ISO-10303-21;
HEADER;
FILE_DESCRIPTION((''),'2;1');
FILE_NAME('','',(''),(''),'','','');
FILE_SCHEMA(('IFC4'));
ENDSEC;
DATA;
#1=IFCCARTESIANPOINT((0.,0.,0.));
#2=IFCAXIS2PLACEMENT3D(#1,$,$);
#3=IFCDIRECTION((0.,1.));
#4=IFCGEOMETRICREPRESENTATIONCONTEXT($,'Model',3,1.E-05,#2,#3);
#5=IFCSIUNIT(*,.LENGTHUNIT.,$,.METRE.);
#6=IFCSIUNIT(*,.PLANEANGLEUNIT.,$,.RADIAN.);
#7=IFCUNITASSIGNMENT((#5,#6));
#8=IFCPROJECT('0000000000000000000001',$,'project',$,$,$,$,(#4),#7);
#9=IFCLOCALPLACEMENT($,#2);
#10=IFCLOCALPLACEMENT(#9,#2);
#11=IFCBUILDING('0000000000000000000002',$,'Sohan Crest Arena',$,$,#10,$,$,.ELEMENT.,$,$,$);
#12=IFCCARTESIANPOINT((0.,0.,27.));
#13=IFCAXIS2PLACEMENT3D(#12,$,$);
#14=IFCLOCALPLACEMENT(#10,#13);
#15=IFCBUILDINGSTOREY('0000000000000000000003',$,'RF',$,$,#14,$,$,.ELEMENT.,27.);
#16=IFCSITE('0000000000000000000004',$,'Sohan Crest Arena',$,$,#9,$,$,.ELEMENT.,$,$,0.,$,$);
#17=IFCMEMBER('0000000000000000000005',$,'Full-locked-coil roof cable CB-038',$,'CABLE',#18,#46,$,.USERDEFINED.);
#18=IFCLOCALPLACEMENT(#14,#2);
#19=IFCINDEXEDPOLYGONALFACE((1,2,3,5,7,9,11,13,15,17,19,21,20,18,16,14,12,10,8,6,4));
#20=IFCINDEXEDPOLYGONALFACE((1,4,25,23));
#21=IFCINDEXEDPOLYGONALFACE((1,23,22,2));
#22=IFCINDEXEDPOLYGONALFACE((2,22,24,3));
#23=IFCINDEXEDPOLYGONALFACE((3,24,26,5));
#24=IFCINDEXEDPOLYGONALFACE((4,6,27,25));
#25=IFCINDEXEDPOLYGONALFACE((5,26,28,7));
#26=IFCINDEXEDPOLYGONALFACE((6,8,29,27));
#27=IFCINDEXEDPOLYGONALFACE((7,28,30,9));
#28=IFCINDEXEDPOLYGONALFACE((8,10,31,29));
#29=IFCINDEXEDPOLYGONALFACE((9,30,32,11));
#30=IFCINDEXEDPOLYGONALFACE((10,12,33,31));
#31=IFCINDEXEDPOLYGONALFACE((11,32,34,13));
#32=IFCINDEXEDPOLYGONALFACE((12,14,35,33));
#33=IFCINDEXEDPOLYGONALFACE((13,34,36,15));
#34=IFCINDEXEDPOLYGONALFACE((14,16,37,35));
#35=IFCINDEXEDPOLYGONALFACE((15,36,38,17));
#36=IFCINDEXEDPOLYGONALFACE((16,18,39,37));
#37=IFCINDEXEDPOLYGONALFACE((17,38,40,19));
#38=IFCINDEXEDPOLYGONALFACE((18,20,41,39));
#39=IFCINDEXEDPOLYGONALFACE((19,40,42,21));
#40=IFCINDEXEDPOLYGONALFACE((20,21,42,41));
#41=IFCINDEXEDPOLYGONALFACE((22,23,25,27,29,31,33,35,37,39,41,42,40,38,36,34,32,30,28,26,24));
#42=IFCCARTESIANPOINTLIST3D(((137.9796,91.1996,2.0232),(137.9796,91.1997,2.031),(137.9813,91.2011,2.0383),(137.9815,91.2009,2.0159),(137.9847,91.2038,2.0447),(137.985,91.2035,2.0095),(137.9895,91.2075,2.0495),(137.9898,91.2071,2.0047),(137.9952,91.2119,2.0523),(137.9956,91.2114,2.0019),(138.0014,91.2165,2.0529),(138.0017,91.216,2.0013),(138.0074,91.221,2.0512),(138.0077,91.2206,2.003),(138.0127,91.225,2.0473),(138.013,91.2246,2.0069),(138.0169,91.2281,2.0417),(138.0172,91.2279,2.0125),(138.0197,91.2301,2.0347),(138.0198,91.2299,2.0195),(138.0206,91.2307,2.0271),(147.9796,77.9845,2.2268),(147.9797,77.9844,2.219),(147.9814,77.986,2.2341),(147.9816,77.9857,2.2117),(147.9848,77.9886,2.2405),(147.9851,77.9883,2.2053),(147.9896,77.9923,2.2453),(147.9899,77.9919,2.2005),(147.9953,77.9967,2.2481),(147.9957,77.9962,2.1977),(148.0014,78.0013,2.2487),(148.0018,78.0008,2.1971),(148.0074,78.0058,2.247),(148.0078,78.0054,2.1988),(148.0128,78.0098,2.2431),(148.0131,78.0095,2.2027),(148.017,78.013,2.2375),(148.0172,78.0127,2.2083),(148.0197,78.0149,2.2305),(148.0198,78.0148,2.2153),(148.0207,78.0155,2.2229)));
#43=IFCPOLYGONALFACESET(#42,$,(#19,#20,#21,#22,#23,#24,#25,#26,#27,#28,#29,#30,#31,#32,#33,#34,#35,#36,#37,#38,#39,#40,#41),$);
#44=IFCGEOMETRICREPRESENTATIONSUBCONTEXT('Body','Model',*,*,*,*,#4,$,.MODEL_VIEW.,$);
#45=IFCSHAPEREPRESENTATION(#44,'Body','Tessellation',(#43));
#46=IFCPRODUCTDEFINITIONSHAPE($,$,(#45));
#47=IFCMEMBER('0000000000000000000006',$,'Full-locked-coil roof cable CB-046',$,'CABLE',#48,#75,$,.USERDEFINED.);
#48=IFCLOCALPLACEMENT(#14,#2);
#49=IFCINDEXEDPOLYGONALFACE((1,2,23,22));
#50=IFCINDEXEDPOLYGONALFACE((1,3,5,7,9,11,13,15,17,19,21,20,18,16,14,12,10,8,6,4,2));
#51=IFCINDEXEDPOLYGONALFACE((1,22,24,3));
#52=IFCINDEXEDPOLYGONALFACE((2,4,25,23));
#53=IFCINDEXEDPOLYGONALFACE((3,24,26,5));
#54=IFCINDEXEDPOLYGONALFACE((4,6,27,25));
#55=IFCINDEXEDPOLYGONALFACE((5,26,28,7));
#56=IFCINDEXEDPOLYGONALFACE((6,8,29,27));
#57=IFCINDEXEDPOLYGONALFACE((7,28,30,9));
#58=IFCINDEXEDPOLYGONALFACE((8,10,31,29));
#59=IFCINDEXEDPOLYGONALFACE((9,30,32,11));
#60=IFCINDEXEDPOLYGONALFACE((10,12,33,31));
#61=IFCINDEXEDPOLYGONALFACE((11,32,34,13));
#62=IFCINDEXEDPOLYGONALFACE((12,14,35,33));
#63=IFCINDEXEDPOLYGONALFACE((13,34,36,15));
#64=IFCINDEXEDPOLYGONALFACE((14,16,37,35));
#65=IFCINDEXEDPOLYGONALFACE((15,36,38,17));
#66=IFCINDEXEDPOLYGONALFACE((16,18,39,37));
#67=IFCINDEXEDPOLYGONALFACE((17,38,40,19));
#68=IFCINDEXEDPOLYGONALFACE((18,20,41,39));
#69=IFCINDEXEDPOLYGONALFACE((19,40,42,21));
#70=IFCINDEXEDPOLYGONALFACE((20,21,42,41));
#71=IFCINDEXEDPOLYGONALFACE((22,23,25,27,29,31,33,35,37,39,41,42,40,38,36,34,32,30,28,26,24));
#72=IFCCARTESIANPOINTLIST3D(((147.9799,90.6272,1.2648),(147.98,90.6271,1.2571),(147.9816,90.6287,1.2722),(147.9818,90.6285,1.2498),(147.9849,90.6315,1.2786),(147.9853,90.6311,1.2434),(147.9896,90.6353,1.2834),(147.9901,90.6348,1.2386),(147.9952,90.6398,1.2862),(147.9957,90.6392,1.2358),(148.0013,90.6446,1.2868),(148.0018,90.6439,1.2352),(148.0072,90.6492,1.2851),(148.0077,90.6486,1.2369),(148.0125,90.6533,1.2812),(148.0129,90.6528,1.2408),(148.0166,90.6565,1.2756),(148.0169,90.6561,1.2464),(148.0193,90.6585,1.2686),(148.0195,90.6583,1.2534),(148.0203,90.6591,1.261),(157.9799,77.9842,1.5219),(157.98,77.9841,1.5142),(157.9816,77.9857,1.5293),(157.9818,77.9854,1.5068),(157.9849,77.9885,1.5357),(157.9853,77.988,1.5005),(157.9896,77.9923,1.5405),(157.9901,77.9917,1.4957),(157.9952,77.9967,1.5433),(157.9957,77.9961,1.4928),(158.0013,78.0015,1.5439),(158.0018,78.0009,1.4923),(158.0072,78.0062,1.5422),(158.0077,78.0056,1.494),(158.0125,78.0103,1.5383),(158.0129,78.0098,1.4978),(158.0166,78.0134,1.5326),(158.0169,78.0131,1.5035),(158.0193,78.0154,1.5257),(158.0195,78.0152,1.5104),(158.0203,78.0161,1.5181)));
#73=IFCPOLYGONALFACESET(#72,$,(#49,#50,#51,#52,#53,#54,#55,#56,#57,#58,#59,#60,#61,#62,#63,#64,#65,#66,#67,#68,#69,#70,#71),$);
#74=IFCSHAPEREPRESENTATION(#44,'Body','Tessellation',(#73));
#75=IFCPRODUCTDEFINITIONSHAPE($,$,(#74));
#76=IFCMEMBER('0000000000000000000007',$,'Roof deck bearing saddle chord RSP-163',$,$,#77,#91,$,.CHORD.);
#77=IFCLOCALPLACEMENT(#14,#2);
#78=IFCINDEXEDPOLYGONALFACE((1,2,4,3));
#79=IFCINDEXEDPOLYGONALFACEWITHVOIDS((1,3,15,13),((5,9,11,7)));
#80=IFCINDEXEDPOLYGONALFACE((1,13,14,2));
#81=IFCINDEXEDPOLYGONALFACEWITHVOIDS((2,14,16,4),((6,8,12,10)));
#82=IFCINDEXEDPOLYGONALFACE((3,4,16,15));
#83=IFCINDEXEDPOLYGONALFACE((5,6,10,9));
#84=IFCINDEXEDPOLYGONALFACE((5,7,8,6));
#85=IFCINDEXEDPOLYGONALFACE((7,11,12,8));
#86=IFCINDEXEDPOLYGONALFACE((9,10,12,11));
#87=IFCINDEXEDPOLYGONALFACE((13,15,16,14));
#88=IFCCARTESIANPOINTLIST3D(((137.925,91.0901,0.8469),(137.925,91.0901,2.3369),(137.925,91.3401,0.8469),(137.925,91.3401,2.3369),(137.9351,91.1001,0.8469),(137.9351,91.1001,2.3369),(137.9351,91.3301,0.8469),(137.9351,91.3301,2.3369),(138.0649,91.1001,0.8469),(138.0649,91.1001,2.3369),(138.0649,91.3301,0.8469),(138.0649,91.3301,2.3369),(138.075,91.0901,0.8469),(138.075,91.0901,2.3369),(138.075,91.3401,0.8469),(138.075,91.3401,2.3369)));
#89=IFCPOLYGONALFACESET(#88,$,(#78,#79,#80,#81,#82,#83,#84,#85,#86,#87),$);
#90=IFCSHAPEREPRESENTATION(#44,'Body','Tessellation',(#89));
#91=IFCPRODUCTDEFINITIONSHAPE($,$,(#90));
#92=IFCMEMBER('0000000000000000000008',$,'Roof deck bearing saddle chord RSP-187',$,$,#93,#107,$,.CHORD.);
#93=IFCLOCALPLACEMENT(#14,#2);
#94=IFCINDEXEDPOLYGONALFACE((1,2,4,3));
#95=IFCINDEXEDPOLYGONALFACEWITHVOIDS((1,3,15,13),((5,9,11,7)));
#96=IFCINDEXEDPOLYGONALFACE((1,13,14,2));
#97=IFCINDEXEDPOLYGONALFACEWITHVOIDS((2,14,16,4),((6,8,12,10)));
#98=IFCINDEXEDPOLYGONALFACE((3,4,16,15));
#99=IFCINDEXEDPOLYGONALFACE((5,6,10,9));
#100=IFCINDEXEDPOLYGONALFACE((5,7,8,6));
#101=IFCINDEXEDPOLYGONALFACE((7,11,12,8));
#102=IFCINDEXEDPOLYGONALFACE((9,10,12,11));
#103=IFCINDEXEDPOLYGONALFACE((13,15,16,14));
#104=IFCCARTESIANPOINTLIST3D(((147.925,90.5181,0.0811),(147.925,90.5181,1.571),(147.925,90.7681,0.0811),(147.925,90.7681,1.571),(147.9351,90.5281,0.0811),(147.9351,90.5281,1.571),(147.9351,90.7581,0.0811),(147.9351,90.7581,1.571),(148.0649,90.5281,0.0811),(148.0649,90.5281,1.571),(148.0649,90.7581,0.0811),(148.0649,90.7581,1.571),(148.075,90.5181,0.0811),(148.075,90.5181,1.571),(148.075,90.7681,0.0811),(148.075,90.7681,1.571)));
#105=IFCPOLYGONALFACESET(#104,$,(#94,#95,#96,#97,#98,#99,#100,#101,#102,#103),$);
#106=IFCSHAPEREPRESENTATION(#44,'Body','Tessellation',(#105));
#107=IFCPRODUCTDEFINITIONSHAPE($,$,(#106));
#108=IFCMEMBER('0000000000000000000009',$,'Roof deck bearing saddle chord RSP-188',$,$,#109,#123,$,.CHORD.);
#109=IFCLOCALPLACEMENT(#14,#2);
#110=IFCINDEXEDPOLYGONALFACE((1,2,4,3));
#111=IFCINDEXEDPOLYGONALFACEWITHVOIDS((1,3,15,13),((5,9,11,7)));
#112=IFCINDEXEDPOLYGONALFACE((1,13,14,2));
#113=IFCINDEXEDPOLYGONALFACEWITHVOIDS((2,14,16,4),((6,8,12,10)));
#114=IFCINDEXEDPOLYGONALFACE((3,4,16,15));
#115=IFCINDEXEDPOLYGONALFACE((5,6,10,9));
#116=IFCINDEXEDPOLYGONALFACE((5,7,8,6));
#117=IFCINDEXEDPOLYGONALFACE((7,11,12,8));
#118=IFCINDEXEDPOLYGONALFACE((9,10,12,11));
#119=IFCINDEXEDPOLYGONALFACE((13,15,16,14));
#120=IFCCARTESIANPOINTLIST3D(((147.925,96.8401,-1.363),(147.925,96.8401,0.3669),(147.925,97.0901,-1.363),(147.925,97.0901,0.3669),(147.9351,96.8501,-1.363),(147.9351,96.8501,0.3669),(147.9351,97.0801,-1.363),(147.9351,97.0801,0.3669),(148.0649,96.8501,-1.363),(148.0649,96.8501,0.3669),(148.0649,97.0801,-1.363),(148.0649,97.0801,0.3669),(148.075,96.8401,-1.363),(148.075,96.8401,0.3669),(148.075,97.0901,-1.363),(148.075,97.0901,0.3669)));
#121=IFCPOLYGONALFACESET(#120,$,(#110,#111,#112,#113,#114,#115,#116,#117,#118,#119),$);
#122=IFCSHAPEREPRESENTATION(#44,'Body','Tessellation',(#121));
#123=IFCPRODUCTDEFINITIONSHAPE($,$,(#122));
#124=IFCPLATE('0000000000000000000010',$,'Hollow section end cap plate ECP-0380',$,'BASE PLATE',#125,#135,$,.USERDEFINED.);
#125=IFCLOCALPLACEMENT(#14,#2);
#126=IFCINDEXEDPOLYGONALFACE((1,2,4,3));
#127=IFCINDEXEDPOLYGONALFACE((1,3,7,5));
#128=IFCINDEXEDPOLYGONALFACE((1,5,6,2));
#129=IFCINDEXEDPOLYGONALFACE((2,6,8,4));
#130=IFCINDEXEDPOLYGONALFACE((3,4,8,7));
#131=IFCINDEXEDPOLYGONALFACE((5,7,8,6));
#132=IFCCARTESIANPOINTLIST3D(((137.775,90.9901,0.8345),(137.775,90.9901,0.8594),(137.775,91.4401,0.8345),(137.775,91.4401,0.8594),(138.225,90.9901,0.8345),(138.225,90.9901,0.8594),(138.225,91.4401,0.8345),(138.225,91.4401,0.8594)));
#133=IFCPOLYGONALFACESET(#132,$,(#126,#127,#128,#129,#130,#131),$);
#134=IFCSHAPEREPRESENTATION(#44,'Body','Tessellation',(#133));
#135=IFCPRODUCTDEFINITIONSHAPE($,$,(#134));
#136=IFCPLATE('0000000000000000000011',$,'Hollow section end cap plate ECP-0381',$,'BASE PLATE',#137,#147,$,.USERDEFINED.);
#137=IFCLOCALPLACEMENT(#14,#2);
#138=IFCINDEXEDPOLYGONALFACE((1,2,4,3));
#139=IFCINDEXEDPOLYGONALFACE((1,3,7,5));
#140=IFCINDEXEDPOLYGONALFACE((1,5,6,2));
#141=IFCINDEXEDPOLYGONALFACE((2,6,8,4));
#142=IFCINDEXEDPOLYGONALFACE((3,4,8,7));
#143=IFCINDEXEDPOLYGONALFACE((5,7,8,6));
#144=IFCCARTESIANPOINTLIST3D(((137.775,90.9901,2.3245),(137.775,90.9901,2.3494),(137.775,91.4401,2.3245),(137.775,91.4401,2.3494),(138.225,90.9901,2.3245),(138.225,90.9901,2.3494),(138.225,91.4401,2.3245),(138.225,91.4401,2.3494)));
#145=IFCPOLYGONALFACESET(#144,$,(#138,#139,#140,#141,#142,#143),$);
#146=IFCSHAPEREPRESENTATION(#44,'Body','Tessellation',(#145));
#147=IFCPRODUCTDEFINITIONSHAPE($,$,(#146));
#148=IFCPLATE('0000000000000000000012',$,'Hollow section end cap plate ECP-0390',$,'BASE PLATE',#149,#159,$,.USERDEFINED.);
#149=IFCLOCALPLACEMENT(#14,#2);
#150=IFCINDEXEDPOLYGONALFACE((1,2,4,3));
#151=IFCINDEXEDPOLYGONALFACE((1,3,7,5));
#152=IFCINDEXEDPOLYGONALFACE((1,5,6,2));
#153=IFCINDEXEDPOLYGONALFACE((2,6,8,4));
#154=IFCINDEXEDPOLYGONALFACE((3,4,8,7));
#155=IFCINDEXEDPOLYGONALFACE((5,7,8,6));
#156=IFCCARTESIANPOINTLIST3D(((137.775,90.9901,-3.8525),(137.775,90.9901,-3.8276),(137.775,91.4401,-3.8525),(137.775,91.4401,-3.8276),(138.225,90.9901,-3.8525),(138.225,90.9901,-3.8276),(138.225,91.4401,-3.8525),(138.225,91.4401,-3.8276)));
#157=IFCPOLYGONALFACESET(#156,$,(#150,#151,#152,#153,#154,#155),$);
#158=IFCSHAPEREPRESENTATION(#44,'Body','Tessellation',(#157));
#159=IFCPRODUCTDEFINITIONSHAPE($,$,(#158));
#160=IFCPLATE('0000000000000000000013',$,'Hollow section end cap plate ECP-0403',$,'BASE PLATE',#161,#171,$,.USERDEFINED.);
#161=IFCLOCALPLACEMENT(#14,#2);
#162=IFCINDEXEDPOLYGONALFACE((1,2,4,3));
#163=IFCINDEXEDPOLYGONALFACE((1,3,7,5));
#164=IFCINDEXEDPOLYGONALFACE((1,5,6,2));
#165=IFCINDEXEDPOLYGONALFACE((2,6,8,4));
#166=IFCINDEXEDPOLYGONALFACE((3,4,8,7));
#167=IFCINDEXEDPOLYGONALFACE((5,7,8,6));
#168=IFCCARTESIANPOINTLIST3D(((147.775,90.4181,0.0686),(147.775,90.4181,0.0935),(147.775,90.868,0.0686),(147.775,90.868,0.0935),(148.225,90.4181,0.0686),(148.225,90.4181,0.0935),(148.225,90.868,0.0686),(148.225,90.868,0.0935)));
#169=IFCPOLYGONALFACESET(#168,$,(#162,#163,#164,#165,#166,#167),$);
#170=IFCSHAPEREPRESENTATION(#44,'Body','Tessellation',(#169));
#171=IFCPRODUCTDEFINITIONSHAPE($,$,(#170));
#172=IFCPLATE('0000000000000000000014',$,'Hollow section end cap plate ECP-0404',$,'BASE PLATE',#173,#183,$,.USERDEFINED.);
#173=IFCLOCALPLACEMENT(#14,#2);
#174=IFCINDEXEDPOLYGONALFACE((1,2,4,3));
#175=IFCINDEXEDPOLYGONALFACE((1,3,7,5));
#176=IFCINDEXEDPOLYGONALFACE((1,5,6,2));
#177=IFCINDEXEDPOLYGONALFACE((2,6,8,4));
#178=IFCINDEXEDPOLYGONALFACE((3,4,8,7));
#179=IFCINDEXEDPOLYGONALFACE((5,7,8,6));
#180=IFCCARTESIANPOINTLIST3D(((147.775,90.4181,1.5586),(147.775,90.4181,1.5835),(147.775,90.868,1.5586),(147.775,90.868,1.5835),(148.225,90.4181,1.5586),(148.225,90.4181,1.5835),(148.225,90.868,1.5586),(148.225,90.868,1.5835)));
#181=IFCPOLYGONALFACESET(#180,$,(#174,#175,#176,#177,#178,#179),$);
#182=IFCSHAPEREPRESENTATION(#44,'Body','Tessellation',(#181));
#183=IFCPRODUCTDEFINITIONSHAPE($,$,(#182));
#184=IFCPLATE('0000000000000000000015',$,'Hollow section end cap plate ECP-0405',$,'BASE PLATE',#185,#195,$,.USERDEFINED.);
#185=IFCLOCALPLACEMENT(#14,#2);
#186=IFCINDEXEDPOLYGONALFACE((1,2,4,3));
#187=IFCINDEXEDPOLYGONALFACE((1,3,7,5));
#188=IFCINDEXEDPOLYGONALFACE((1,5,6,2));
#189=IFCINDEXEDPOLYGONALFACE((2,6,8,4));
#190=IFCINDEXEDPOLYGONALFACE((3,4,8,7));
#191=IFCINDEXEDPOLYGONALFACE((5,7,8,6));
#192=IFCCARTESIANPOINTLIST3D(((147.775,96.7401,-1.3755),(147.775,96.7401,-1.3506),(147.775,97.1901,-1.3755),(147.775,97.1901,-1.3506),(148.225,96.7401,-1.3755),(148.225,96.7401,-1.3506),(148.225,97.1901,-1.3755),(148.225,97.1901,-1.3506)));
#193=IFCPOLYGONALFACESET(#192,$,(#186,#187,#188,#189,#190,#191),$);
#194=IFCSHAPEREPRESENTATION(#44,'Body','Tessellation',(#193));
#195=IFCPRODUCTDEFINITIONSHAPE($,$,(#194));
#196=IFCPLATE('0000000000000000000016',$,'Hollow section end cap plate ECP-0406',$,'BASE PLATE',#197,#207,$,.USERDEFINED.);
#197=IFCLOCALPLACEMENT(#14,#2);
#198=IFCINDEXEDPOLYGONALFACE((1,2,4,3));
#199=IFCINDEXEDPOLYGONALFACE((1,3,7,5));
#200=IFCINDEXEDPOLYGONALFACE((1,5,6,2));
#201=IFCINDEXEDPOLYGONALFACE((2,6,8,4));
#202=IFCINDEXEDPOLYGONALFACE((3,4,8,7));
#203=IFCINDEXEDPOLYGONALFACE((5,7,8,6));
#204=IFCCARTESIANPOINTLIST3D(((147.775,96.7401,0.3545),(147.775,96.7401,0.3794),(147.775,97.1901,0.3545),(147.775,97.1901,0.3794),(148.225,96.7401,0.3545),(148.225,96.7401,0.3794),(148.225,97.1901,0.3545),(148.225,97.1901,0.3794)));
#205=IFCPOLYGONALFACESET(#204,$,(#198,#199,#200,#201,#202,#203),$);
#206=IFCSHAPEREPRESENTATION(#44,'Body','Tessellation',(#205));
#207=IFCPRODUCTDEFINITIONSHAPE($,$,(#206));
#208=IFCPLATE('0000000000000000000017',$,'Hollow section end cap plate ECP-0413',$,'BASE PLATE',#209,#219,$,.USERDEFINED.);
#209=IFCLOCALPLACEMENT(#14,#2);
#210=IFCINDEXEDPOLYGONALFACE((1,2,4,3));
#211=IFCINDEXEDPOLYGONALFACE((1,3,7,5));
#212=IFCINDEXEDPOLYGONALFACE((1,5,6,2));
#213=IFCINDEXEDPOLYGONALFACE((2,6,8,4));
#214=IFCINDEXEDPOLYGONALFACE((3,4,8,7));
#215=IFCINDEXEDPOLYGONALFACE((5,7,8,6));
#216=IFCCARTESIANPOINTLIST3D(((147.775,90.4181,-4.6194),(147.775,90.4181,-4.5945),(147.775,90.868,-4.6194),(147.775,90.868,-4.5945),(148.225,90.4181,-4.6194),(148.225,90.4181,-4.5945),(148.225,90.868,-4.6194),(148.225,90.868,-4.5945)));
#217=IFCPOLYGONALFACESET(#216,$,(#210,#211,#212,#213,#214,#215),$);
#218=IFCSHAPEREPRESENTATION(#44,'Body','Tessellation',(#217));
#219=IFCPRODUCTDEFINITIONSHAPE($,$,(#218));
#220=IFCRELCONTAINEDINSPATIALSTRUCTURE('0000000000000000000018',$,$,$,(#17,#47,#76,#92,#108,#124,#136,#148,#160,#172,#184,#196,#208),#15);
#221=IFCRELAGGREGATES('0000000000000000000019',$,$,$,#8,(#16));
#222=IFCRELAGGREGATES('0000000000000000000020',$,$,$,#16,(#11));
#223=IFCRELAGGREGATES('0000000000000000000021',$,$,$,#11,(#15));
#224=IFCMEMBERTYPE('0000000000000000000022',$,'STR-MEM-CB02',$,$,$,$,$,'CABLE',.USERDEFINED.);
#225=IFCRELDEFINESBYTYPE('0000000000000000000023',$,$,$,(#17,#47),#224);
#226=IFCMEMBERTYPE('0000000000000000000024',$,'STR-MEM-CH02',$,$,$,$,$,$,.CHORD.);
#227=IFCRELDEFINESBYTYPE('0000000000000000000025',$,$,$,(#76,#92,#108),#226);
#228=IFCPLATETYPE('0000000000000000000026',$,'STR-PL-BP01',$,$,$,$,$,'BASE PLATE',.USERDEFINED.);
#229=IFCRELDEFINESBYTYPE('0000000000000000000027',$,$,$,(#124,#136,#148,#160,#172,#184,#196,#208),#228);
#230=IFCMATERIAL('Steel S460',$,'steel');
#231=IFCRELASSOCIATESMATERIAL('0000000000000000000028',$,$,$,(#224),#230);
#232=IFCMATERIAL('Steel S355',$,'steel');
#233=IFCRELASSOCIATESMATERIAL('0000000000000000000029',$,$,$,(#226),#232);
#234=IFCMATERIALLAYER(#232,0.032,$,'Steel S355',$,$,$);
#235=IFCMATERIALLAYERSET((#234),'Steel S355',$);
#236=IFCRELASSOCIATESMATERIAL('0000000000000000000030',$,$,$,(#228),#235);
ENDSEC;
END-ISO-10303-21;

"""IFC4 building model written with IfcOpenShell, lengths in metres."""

from ifc_helpers import new_model, si_unit, direction, frame, origin, origin_2d, place, context, subcontext, project, spatial, rectangle, hollow_rectangle, circle, extrude, material, layer, layer_set, material_profile, profile_set, type_object, element, save


model = new_model("IFC4")

# Units and contexts
model_context = context("Model", 3, precision=1e-05, world=origin(), true_north=direction((0.0, 1.0)))
body_context = subcontext(model_context, "Body", "Model", "MODEL_VIEW")
ifc_project = project(units=[si_unit("LENGTHUNIT", "METRE"), si_unit("PLANEANGLEUNIT", "RADIAN")], contexts=[model_context])

# Site, building, storey
site_placement = place(None, origin())
site = spatial("IfcSite", under=ifc_project, at=site_placement, Name="Sohan Crest Arena", CompositionType="ELEMENT", RefElevation=0.0)
building_placement = place(site_placement, origin())
building = spatial("IfcBuilding", under=site, at=building_placement, Name="Sohan Crest Arena", CompositionType="ELEMENT")
storey_placement = place(building_placement, frame((0.0, 0.0, 27.0)))
storey = spatial("IfcBuildingStorey", under=building, at=storey_placement, Name="RF", CompositionType="ELEMENT", Elevation=27.0)

# Shared definitions
ifc_material_1 = material(Name="Steel S355", Category="steel")

# Members
ifc_material_2 = material(Name="Steel S460", Category="steel")
ifc_material_profile_1 = material_profile(ifc_material_2, circle(Radius=0.0259, at=origin_2d()), Name="FLC D52")
ifc_profile_set_1 = profile_set([ifc_material_profile_1], Name="Steel S460")
member_type_1 = type_object("IfcMemberType", Name="STR-MEM-CB02", ElementType="CABLE", PredefinedType="USERDEFINED", material=ifc_profile_set_1)
member_1_placement = place(storey_placement, frame((138.0, 91.2151, 2.0271), z_axis=(0.603377, -0.797368, 0.011814), x_axis=(0.797424, 0.603419, 0.0)))
element("IfcMember", 1, at=member_1_placement, inside=storey, type_object=member_type_1, Name="Full-locked-coil roof cable CB-038", ObjectType="CABLE", PredefinedType="USERDEFINED", context=body_context, shape_type="SweptSolid", body=[
    extrude(circle(Radius=0.0259, at=origin_2d()), origin(), (0.0, 0.0, 1.0), 16.5735),
])
member_2_placement = place(storey_placement, frame((148.0, 90.6431, 1.261), z_axis=(0.620277, -0.784221, 0.015946), x_axis=(0.78432, 0.620356, 0.0)))
element("IfcMember", 2, at=member_2_placement, inside=storey, type_object=member_type_1, Name="Full-locked-coil roof cable CB-046", ObjectType="CABLE", PredefinedType="USERDEFINED", context=body_context, shape_type="SweptSolid", body=[
    extrude(circle(Radius=0.0259, at=origin_2d()), origin(), (0.0, 0.0, 1.0), 16.1218),
])
ifc_material_profile_2 = material_profile(ifc_material_1, hollow_rectangle(XDim=0.1499, YDim=0.25, WallThickness=0.01, at=origin_2d()), Name="RHS 250x150x10")
ifc_profile_set_2 = profile_set([ifc_material_profile_2], Name="Steel S355")
member_type_2 = type_object("IfcMemberType", Name="STR-MEM-CH02", PredefinedType="CHORD", material=ifc_profile_set_2)
for number, where, z_axis, x_axis, name in (
    (3, (138.0, 91.2151, 0.8469), (0.0, 0.0, 1.0), (1.0, 0.0, 0.0), "Roof deck bearing saddle chord RSP-163"),
    (4, (148.0, 90.6431, 0.0811), (0.0, 0.0, 1.0), (1.0, 0.0, 0.0), "Roof deck bearing saddle chord RSP-187"),
):
    element("IfcMember", number, at=place(storey_placement, frame(where, z_axis=z_axis, x_axis=x_axis)), inside=storey, type_object=member_type_2, Name=name, PredefinedType="CHORD", context=body_context, shape_type="SweptSolid", body=[
        extrude(hollow_rectangle(XDim=0.1499, YDim=0.25, WallThickness=0.01, at=origin_2d()), origin(), (0.0, 0.0, 1.0), 1.49),
    ])
member_3_placement = place(storey_placement, frame((148.0, 96.9651, -1.363), z_axis=(0.0, 0.0, 1.0), x_axis=(1.0, 0.0, 0.0)))
element("IfcMember", 5, at=member_3_placement, inside=storey, type_object=member_type_2, Name="Roof deck bearing saddle chord RSP-188", PredefinedType="CHORD", context=body_context, shape_type="SweptSolid", body=[
    extrude(hollow_rectangle(XDim=0.1499, YDim=0.25, WallThickness=0.01, at=origin_2d()), origin(), (0.0, 0.0, 1.0), 1.73),
])

# Plates
ifc_layer = layer(ifc_material_1, 0.032, Name="Steel S355")
ifc_layer_set = layer_set([ifc_layer], Name="Steel S355")
plate_type = type_object("IfcPlateType", Name="STR-PL-BP01", ElementType="BASE PLATE", PredefinedType="USERDEFINED", material=ifc_layer_set)
for number, where, z_axis, x_axis, name in (
    (6, (138.0, 91.2151, 0.8345), (0.0, 0.0, 1.0), (1.0, 0.0, 0.0), "Hollow section end cap plate ECP-0380"),
    (7, (138.0, 91.2151, 2.3245), (0.0, 0.0, 1.0), (1.0, 0.0, 0.0), "Hollow section end cap plate ECP-0381"),
    (8, (138.0, 91.2151, -3.8525), (0.0, 0.0, 1.0), (1.0, 0.0, 0.0), "Hollow section end cap plate ECP-0390"),
    (9, (148.0, 90.6431, 0.0686), (0.0, 0.0, 1.0), (1.0, 0.0, 0.0), "Hollow section end cap plate ECP-0403"),
    (10, (148.0, 90.6431, 1.5586), (0.0, 0.0, 1.0), (1.0, 0.0, 0.0), "Hollow section end cap plate ECP-0404"),
    (11, (148.0, 96.9651, -1.3755), (0.0, 0.0, 1.0), (1.0, 0.0, 0.0), "Hollow section end cap plate ECP-0405"),
    (12, (148.0, 96.9651, 0.3545), (0.0, 0.0, 1.0), (1.0, 0.0, 0.0), "Hollow section end cap plate ECP-0406"),
    (13, (148.0, 90.6431, -4.6194), (0.0, 0.0, 1.0), (1.0, 0.0, 0.0), "Hollow section end cap plate ECP-0413"),
):
    element("IfcPlate", number, at=place(storey_placement, frame(where, z_axis=z_axis, x_axis=x_axis)), inside=storey, type_object=plate_type, Name=name, ObjectType="BASE PLATE", PredefinedType="USERDEFINED", context=body_context, shape_type="SweptSolid", body=[
        extrude(rectangle(XDim=0.45, YDim=0.45, at=origin_2d()), origin(), (0.0, 0.0, 1.0), 0.0249),
    ])

save(model, "model.ifc")
